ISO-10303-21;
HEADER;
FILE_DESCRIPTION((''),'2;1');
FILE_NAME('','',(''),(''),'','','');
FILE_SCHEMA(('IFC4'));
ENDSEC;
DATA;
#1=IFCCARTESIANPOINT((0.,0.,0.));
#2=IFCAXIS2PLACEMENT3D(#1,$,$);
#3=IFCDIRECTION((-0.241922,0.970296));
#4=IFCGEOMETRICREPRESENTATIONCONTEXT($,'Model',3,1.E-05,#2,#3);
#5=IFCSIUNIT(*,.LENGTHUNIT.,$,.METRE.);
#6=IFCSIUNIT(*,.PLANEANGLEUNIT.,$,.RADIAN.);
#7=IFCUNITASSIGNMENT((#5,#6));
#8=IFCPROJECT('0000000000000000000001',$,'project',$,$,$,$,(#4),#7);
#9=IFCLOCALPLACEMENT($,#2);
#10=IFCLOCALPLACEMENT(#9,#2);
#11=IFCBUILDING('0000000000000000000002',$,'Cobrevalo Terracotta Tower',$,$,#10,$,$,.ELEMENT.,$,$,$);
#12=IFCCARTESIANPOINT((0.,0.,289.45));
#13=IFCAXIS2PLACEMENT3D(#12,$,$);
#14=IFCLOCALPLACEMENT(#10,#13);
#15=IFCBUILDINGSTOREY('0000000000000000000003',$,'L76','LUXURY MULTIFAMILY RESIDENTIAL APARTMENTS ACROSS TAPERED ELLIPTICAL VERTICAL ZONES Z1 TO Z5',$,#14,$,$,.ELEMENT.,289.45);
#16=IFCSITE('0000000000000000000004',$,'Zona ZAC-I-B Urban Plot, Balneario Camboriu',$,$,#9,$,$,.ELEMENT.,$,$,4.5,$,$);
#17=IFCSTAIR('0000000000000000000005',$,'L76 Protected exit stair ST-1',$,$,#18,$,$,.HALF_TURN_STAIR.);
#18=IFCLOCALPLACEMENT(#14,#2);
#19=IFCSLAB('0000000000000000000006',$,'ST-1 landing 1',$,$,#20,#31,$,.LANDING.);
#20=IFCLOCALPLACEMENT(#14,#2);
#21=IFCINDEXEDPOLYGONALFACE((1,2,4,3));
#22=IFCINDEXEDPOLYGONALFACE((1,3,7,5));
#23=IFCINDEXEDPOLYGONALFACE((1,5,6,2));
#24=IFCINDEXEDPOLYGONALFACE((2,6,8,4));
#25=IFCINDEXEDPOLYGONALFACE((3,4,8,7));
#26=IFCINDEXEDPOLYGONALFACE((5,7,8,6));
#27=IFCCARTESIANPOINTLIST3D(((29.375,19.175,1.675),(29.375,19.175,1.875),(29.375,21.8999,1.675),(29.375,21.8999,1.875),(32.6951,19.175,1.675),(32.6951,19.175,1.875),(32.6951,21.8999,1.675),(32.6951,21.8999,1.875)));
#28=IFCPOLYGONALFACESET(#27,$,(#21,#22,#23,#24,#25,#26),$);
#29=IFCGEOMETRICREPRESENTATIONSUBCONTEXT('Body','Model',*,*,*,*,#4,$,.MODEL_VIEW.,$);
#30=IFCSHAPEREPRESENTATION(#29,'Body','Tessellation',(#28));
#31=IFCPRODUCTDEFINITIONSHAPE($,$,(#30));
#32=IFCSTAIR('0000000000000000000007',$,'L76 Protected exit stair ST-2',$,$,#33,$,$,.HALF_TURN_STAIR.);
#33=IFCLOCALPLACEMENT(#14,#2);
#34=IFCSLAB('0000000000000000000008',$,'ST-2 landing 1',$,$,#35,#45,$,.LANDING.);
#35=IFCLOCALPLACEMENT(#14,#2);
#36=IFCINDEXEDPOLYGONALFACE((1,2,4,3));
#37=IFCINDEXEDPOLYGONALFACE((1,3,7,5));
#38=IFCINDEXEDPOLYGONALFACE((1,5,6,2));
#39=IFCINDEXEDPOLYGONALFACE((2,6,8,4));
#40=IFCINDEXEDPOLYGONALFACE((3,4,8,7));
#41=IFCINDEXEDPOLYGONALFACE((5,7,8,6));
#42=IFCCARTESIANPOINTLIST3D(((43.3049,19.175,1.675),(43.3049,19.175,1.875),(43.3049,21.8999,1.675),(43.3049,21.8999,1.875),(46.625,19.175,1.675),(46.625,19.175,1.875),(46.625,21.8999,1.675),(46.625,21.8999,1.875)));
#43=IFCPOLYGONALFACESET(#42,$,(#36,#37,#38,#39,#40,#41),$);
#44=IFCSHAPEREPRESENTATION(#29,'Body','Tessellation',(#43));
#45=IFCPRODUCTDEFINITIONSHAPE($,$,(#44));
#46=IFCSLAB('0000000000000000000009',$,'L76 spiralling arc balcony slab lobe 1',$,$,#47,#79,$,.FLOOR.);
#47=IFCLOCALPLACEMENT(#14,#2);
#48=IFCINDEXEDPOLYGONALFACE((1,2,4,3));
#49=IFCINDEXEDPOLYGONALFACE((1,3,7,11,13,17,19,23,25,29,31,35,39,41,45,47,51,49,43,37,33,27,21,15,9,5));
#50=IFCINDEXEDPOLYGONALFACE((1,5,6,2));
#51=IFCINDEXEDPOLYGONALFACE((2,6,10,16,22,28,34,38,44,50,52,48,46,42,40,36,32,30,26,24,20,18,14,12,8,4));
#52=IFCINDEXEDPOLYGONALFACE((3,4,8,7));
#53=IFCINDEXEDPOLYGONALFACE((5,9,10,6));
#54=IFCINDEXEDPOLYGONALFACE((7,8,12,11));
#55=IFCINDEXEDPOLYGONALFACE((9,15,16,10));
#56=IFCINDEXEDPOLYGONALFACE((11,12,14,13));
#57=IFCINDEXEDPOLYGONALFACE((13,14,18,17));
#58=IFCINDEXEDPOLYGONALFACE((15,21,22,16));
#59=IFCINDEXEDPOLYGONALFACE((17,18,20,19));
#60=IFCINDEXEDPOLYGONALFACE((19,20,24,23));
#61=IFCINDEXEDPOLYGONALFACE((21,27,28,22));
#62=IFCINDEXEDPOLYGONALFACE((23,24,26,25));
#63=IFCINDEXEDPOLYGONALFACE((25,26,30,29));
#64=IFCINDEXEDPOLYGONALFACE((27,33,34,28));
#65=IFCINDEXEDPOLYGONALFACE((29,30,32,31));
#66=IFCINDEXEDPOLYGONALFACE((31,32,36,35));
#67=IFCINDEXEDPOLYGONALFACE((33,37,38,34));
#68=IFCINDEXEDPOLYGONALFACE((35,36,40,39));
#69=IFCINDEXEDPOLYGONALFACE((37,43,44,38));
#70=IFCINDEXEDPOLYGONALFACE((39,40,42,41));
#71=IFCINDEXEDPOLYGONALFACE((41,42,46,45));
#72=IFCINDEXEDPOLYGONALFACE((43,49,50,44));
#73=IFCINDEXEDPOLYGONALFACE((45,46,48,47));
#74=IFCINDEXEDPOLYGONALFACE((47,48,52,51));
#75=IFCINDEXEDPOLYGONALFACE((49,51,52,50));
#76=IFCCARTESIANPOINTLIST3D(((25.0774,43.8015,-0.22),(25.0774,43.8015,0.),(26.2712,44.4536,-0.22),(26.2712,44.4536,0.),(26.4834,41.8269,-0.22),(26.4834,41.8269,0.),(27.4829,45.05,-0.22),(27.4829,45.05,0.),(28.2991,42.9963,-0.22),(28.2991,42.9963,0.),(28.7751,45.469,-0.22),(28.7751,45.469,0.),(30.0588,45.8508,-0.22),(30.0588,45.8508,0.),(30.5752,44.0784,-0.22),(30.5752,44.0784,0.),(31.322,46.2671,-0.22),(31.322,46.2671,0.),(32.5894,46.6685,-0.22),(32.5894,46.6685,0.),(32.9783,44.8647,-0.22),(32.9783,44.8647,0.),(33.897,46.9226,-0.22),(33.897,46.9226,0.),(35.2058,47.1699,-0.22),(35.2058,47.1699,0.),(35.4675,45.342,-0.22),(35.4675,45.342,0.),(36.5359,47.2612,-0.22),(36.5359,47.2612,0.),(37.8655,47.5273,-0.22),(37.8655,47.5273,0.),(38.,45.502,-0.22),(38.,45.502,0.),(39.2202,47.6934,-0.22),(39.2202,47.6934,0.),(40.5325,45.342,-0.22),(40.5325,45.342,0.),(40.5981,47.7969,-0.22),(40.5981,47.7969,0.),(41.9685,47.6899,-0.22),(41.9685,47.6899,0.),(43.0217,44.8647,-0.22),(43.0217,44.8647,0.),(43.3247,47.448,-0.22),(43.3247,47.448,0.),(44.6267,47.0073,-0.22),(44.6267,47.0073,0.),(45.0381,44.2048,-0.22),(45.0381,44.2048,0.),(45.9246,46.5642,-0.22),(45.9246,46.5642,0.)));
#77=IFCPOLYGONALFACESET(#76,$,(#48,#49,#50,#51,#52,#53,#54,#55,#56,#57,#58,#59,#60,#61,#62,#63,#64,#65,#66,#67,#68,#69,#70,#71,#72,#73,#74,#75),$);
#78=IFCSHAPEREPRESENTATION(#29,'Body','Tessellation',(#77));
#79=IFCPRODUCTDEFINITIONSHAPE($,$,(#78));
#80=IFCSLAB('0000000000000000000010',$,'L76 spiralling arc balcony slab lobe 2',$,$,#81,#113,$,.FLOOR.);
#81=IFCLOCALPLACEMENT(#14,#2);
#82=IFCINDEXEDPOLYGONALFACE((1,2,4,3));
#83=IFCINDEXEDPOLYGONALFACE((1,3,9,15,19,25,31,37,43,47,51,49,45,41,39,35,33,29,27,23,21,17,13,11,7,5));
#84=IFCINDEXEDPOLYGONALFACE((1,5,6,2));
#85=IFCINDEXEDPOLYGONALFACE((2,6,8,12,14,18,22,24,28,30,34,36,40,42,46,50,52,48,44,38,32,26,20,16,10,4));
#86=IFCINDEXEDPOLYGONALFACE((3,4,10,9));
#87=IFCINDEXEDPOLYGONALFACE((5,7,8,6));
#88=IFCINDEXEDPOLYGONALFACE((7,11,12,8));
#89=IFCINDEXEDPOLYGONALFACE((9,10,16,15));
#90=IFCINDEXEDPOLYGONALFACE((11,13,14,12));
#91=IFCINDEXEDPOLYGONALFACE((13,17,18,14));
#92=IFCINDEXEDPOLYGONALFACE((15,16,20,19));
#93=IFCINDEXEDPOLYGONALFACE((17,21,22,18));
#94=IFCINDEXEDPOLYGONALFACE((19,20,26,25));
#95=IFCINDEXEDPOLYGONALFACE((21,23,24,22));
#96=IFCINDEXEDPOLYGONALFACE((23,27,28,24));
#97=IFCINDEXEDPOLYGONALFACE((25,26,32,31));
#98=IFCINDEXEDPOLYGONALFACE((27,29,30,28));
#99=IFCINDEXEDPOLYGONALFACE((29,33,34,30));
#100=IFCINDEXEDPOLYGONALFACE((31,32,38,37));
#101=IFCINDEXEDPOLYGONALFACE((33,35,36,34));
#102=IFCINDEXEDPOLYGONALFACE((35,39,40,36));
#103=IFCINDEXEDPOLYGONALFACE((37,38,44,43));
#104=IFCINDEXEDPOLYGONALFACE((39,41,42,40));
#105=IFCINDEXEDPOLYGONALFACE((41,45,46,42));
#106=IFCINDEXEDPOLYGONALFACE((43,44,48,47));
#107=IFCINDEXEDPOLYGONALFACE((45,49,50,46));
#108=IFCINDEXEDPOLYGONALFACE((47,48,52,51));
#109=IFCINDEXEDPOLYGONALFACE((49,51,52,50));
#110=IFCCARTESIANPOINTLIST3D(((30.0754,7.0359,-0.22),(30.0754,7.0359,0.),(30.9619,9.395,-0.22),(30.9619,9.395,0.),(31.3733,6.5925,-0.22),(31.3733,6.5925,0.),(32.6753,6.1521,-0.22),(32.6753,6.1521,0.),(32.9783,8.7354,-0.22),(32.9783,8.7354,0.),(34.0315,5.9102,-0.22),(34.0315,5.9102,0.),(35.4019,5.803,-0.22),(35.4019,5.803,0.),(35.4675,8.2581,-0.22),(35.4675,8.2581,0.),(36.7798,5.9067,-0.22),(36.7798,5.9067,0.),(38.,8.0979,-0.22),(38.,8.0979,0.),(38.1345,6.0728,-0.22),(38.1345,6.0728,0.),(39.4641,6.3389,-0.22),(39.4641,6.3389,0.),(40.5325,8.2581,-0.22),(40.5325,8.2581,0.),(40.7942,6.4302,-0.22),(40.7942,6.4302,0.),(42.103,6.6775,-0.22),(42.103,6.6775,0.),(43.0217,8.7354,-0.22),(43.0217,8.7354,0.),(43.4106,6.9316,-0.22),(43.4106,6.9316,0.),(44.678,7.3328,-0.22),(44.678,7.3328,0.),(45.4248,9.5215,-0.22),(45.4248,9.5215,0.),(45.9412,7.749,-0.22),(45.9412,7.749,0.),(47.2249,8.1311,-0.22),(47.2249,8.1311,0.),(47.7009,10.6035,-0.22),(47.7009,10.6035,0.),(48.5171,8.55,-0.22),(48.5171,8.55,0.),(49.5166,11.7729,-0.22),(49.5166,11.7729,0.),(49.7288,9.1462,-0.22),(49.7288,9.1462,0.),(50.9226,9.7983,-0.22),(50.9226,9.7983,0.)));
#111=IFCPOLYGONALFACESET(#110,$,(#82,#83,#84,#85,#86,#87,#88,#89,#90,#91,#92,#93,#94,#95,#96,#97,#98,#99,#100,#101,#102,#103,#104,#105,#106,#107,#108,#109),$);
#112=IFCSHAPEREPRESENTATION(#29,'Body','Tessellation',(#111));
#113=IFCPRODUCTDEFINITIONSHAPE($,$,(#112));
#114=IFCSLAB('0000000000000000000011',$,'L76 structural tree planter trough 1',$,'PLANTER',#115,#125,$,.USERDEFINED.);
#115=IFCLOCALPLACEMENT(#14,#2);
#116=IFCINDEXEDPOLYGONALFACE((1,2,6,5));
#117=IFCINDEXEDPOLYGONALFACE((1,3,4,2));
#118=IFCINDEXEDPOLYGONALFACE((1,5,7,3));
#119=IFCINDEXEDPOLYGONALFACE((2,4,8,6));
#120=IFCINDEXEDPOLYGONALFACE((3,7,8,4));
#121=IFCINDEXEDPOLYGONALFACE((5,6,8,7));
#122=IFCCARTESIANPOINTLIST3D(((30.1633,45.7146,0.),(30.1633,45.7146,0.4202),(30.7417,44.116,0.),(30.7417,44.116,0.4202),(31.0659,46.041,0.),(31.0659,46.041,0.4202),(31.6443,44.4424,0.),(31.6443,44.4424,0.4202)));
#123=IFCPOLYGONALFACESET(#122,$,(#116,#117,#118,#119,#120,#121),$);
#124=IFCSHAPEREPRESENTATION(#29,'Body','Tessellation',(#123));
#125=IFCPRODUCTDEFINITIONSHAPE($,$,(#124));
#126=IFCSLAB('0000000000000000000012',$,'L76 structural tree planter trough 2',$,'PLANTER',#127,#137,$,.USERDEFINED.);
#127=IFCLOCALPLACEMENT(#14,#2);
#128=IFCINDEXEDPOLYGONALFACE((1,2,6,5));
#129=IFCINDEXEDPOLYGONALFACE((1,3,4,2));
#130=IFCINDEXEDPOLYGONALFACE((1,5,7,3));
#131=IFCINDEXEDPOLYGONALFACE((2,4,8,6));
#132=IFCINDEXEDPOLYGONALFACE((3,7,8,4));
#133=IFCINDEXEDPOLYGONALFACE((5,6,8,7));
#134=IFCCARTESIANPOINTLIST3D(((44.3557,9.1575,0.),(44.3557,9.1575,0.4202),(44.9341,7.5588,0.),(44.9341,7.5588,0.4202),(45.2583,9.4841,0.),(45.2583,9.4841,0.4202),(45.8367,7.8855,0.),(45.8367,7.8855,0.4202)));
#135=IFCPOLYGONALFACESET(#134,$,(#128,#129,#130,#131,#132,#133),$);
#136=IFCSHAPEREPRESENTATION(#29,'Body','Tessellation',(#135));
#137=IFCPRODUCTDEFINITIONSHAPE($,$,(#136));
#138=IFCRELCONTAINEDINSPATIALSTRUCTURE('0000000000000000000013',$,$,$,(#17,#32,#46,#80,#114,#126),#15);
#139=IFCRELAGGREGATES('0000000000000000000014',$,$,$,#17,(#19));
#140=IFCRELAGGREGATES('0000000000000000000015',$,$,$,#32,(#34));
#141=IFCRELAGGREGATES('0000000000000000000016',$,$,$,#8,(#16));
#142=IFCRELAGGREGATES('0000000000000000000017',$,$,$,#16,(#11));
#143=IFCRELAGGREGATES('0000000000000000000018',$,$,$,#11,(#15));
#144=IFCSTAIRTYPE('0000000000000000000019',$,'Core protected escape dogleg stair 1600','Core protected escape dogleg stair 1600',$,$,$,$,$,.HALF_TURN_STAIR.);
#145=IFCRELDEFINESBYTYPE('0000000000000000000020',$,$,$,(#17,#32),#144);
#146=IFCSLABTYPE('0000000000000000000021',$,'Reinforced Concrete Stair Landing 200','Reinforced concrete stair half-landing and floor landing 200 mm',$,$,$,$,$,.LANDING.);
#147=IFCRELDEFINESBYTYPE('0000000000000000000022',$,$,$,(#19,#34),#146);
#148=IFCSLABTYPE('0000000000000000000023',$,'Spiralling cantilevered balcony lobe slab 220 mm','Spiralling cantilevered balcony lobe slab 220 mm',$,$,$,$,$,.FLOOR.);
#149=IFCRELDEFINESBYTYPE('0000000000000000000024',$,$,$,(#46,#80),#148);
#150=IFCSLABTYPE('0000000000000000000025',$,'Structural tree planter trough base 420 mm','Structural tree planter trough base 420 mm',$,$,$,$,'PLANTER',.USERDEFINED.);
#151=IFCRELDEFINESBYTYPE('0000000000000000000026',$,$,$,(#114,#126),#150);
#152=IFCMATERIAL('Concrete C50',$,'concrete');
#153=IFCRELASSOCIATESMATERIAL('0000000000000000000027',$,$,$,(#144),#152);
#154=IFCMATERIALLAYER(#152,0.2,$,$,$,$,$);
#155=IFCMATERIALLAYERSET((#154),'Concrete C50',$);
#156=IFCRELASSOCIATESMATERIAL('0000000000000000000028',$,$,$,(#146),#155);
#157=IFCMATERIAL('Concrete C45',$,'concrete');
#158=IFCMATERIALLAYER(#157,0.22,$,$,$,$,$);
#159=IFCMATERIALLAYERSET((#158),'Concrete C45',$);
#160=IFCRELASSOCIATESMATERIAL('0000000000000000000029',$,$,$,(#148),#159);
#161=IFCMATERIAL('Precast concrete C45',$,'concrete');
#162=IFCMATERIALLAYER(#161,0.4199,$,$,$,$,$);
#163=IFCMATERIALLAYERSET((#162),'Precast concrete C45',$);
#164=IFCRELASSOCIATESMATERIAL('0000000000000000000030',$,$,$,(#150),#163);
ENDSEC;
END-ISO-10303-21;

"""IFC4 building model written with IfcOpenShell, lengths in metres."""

from ifc_helpers import new_model, si_unit, direction, frame, origin, place, context, subcontext, project, spatial, polyline, outline, extrude, material, layer, layer_set, type_object, element, aggregate, save


model = new_model("IFC4")

# Units and contexts
model_context = context("Model", 3, precision=1e-05, world=origin(), true_north=direction((-0.241922, 0.970296)))
body_context = subcontext(model_context, "Body", "Model", "MODEL_VIEW")
ifc_project = project(units=[si_unit("LENGTHUNIT", "METRE"), si_unit("PLANEANGLEUNIT", "RADIAN")], contexts=[model_context])

# Site, building, storey
site_placement = place(None, origin())
site = spatial("IfcSite", under=ifc_project, at=site_placement, Name="Zona ZAC-I-B Urban Plot, Balneario Camboriu", CompositionType="ELEMENT", RefElevation=4.5)
building_placement = place(site_placement, origin())
building = spatial("IfcBuilding", under=site, at=building_placement, Name="Cobrevalo Terracotta Tower", CompositionType="ELEMENT")
storey_placement = place(building_placement, frame((0.0, 0.0, 289.45)))
storey = spatial("IfcBuildingStorey", under=building, at=storey_placement, Name="L76", Description="LUXURY MULTIFAMILY RESIDENTIAL APARTMENTS ACROSS TAPERED ELLIPTICAL VERTICAL ZONES Z1 TO Z5", CompositionType="ELEMENT", Elevation=289.45)

# Stairs, slabs
ifc_material_1 = material(Name="Concrete C50", Category="concrete")
stair_type = type_object("IfcStairType", Name="Core protected escape dogleg stair 1600", Description="Core protected escape dogleg stair 1600", PredefinedType="HALF_TURN_STAIR", material=ifc_material_1)
stair_1_placement = place(storey_placement, origin())
stair_1 = element("IfcStair", 1, at=stair_1_placement, inside=storey, type_object=stair_type, Name="L76 Protected exit stair ST-1", PredefinedType="HALF_TURN_STAIR")
ifc_layer_1 = layer(ifc_material_1, 0.2)
ifc_layer_set_1 = layer_set([ifc_layer_1], Name="Concrete C50")
slab_type_1 = type_object("IfcSlabType", Name="Reinforced Concrete Stair Landing 200", Description="Reinforced concrete stair half-landing and floor landing 200 mm", PredefinedType="LANDING", material=ifc_layer_set_1)
slab_1_placement = place(storey_placement, frame((0.0, 0.0, 1.675)))
slab_1 = element("IfcSlab", 2, at=slab_1_placement, type_object=slab_type_1, Name="ST-1 landing 1", PredefinedType="LANDING", context=body_context, shape_type="SweptSolid", body=[
    extrude(outline(polyline([(29.375, 21.8999), (29.375, 19.175), (32.6951, 19.175), (32.6951, 21.8999), (29.375, 21.8999)])), origin(), (0.0, 0.0, 1.0), 0.2),
])
aggregate(stair_1, [slab_1])
stair_2_placement = place(storey_placement, origin())
stair_2 = element("IfcStair", 3, at=stair_2_placement, inside=storey, type_object=stair_type, Name="L76 Protected exit stair ST-2", PredefinedType="HALF_TURN_STAIR")
slab_2_placement = place(storey_placement, frame((0.0, 0.0, 1.675)))
slab_2 = element("IfcSlab", 4, at=slab_2_placement, type_object=slab_type_1, Name="ST-2 landing 1", PredefinedType="LANDING", context=body_context, shape_type="SweptSolid", body=[
    extrude(outline(polyline([(43.3049, 21.8999), (43.3049, 19.175), (46.625, 19.175), (46.625, 21.8999), (43.3049, 21.8999)])), origin(), (0.0, 0.0, 1.0), 0.2),
])
aggregate(stair_2, [slab_2])

# Slabs
ifc_material_2 = material(Name="Concrete C45", Category="concrete")
ifc_layer_2 = layer(ifc_material_2, 0.22)
ifc_layer_set_2 = layer_set([ifc_layer_2], Name="Concrete C45")
slab_type_2 = type_object("IfcSlabType", Name="Spiralling cantilevered balcony lobe slab 220 mm", Description="Spiralling cantilevered balcony lobe slab 220 mm", PredefinedType="FLOOR", material=ifc_layer_set_2)
slab_3_placement = place(storey_placement, frame((0.0, 0.0, -0.22)))
element("IfcSlab", 5, at=slab_3_placement, inside=storey, type_object=slab_type_2, Name="L76 spiralling arc balcony slab lobe 1", PredefinedType="FLOOR", context=body_context, shape_type="SweptSolid", body=[
    extrude(outline(polyline([(45.9246, 46.5642), (44.6267, 47.0073), (43.3247, 47.448), (41.9685, 47.6899), (40.5981, 47.7969), (39.2202, 47.6934), (37.8655, 47.5273), (36.5359, 47.2612), (35.2058, 47.1699), (33.897, 46.9226), (32.5894, 46.6685), (31.322, 46.2671), (30.0588, 45.8508), (28.7751, 45.469), (27.4829, 45.05), (26.2712, 44.4536), (25.0774, 43.8015), (26.4834, 41.8269), (28.2991, 42.9963), (30.5752, 44.0784), (32.9783, 44.8647), (35.4675, 45.342), (38.0, 45.502), (40.5325, 45.342), (43.0217, 44.8647), (45.0381, 44.2048), (45.9246, 46.5642)])), origin(), (0.0, 0.0, 1.0), 0.22),
])
slab_4_placement = place(storey_placement, frame((0.0, 0.0, -0.22)))
element("IfcSlab", 6, at=slab_4_placement, inside=storey, type_object=slab_type_2, Name="L76 spiralling arc balcony slab lobe 2", PredefinedType="FLOOR", context=body_context, shape_type="SweptSolid", body=[
    extrude(outline(polyline([(30.0754, 7.0359), (31.3733, 6.5925), (32.6753, 6.1521), (34.0315, 5.9102), (35.4019, 5.803), (36.7798, 5.9067), (38.1345, 6.0728), (39.4641, 6.3389), (40.7942, 6.4302), (42.103, 6.6775), (43.4106, 6.9316), (44.678, 7.3328), (45.9412, 7.749), (47.2249, 8.1311), (48.5171, 8.55), (49.7288, 9.1462), (50.9226, 9.7983), (49.5166, 11.7729), (47.7009, 10.6035), (45.4248, 9.5215), (43.0217, 8.7354), (40.5325, 8.2581), (38.0, 8.0979), (35.4675, 8.2581), (32.9783, 8.7354), (30.9619, 9.395), (30.0754, 7.0359)])), origin(), (0.0, 0.0, 1.0), 0.22),
])
ifc_material_3 = material(Name="Precast concrete C45", Category="concrete")
ifc_layer_3 = layer(ifc_material_3, 0.4199)
ifc_layer_set_3 = layer_set([ifc_layer_3], Name="Precast concrete C45")
slab_type_3 = type_object("IfcSlabType", Name="Structural tree planter trough base 420 mm", Description="Structural tree planter trough base 420 mm", ElementType="PLANTER", PredefinedType="USERDEFINED", material=ifc_layer_set_3)
slab_5_placement = place(storey_placement, origin())
element("IfcSlab", 7, at=slab_5_placement, inside=storey, type_object=slab_type_3, Name="L76 structural tree planter trough 1", ObjectType="PLANTER", PredefinedType="USERDEFINED", context=body_context, shape_type="SweptSolid", body=[
    extrude(outline(polyline([(31.6443, 44.4424), (31.0659, 46.041), (30.1633, 45.7146), (30.7417, 44.116), (31.6443, 44.4424)])), origin(), (0.0, 0.0, 1.0), 0.4202),
])
slab_6_placement = place(storey_placement, origin())
element("IfcSlab", 8, at=slab_6_placement, inside=storey, type_object=slab_type_3, Name="L76 structural tree planter trough 2", ObjectType="PLANTER", PredefinedType="USERDEFINED", context=body_context, shape_type="SweptSolid", body=[
    extrude(outline(polyline([(44.3557, 9.1575), (44.9341, 7.5588), (45.8367, 7.8855), (45.2583, 9.4841), (44.3557, 9.1575)])), origin(), (0.0, 0.0, 1.0), 0.4202),
])

save(model, "model.ifc")
